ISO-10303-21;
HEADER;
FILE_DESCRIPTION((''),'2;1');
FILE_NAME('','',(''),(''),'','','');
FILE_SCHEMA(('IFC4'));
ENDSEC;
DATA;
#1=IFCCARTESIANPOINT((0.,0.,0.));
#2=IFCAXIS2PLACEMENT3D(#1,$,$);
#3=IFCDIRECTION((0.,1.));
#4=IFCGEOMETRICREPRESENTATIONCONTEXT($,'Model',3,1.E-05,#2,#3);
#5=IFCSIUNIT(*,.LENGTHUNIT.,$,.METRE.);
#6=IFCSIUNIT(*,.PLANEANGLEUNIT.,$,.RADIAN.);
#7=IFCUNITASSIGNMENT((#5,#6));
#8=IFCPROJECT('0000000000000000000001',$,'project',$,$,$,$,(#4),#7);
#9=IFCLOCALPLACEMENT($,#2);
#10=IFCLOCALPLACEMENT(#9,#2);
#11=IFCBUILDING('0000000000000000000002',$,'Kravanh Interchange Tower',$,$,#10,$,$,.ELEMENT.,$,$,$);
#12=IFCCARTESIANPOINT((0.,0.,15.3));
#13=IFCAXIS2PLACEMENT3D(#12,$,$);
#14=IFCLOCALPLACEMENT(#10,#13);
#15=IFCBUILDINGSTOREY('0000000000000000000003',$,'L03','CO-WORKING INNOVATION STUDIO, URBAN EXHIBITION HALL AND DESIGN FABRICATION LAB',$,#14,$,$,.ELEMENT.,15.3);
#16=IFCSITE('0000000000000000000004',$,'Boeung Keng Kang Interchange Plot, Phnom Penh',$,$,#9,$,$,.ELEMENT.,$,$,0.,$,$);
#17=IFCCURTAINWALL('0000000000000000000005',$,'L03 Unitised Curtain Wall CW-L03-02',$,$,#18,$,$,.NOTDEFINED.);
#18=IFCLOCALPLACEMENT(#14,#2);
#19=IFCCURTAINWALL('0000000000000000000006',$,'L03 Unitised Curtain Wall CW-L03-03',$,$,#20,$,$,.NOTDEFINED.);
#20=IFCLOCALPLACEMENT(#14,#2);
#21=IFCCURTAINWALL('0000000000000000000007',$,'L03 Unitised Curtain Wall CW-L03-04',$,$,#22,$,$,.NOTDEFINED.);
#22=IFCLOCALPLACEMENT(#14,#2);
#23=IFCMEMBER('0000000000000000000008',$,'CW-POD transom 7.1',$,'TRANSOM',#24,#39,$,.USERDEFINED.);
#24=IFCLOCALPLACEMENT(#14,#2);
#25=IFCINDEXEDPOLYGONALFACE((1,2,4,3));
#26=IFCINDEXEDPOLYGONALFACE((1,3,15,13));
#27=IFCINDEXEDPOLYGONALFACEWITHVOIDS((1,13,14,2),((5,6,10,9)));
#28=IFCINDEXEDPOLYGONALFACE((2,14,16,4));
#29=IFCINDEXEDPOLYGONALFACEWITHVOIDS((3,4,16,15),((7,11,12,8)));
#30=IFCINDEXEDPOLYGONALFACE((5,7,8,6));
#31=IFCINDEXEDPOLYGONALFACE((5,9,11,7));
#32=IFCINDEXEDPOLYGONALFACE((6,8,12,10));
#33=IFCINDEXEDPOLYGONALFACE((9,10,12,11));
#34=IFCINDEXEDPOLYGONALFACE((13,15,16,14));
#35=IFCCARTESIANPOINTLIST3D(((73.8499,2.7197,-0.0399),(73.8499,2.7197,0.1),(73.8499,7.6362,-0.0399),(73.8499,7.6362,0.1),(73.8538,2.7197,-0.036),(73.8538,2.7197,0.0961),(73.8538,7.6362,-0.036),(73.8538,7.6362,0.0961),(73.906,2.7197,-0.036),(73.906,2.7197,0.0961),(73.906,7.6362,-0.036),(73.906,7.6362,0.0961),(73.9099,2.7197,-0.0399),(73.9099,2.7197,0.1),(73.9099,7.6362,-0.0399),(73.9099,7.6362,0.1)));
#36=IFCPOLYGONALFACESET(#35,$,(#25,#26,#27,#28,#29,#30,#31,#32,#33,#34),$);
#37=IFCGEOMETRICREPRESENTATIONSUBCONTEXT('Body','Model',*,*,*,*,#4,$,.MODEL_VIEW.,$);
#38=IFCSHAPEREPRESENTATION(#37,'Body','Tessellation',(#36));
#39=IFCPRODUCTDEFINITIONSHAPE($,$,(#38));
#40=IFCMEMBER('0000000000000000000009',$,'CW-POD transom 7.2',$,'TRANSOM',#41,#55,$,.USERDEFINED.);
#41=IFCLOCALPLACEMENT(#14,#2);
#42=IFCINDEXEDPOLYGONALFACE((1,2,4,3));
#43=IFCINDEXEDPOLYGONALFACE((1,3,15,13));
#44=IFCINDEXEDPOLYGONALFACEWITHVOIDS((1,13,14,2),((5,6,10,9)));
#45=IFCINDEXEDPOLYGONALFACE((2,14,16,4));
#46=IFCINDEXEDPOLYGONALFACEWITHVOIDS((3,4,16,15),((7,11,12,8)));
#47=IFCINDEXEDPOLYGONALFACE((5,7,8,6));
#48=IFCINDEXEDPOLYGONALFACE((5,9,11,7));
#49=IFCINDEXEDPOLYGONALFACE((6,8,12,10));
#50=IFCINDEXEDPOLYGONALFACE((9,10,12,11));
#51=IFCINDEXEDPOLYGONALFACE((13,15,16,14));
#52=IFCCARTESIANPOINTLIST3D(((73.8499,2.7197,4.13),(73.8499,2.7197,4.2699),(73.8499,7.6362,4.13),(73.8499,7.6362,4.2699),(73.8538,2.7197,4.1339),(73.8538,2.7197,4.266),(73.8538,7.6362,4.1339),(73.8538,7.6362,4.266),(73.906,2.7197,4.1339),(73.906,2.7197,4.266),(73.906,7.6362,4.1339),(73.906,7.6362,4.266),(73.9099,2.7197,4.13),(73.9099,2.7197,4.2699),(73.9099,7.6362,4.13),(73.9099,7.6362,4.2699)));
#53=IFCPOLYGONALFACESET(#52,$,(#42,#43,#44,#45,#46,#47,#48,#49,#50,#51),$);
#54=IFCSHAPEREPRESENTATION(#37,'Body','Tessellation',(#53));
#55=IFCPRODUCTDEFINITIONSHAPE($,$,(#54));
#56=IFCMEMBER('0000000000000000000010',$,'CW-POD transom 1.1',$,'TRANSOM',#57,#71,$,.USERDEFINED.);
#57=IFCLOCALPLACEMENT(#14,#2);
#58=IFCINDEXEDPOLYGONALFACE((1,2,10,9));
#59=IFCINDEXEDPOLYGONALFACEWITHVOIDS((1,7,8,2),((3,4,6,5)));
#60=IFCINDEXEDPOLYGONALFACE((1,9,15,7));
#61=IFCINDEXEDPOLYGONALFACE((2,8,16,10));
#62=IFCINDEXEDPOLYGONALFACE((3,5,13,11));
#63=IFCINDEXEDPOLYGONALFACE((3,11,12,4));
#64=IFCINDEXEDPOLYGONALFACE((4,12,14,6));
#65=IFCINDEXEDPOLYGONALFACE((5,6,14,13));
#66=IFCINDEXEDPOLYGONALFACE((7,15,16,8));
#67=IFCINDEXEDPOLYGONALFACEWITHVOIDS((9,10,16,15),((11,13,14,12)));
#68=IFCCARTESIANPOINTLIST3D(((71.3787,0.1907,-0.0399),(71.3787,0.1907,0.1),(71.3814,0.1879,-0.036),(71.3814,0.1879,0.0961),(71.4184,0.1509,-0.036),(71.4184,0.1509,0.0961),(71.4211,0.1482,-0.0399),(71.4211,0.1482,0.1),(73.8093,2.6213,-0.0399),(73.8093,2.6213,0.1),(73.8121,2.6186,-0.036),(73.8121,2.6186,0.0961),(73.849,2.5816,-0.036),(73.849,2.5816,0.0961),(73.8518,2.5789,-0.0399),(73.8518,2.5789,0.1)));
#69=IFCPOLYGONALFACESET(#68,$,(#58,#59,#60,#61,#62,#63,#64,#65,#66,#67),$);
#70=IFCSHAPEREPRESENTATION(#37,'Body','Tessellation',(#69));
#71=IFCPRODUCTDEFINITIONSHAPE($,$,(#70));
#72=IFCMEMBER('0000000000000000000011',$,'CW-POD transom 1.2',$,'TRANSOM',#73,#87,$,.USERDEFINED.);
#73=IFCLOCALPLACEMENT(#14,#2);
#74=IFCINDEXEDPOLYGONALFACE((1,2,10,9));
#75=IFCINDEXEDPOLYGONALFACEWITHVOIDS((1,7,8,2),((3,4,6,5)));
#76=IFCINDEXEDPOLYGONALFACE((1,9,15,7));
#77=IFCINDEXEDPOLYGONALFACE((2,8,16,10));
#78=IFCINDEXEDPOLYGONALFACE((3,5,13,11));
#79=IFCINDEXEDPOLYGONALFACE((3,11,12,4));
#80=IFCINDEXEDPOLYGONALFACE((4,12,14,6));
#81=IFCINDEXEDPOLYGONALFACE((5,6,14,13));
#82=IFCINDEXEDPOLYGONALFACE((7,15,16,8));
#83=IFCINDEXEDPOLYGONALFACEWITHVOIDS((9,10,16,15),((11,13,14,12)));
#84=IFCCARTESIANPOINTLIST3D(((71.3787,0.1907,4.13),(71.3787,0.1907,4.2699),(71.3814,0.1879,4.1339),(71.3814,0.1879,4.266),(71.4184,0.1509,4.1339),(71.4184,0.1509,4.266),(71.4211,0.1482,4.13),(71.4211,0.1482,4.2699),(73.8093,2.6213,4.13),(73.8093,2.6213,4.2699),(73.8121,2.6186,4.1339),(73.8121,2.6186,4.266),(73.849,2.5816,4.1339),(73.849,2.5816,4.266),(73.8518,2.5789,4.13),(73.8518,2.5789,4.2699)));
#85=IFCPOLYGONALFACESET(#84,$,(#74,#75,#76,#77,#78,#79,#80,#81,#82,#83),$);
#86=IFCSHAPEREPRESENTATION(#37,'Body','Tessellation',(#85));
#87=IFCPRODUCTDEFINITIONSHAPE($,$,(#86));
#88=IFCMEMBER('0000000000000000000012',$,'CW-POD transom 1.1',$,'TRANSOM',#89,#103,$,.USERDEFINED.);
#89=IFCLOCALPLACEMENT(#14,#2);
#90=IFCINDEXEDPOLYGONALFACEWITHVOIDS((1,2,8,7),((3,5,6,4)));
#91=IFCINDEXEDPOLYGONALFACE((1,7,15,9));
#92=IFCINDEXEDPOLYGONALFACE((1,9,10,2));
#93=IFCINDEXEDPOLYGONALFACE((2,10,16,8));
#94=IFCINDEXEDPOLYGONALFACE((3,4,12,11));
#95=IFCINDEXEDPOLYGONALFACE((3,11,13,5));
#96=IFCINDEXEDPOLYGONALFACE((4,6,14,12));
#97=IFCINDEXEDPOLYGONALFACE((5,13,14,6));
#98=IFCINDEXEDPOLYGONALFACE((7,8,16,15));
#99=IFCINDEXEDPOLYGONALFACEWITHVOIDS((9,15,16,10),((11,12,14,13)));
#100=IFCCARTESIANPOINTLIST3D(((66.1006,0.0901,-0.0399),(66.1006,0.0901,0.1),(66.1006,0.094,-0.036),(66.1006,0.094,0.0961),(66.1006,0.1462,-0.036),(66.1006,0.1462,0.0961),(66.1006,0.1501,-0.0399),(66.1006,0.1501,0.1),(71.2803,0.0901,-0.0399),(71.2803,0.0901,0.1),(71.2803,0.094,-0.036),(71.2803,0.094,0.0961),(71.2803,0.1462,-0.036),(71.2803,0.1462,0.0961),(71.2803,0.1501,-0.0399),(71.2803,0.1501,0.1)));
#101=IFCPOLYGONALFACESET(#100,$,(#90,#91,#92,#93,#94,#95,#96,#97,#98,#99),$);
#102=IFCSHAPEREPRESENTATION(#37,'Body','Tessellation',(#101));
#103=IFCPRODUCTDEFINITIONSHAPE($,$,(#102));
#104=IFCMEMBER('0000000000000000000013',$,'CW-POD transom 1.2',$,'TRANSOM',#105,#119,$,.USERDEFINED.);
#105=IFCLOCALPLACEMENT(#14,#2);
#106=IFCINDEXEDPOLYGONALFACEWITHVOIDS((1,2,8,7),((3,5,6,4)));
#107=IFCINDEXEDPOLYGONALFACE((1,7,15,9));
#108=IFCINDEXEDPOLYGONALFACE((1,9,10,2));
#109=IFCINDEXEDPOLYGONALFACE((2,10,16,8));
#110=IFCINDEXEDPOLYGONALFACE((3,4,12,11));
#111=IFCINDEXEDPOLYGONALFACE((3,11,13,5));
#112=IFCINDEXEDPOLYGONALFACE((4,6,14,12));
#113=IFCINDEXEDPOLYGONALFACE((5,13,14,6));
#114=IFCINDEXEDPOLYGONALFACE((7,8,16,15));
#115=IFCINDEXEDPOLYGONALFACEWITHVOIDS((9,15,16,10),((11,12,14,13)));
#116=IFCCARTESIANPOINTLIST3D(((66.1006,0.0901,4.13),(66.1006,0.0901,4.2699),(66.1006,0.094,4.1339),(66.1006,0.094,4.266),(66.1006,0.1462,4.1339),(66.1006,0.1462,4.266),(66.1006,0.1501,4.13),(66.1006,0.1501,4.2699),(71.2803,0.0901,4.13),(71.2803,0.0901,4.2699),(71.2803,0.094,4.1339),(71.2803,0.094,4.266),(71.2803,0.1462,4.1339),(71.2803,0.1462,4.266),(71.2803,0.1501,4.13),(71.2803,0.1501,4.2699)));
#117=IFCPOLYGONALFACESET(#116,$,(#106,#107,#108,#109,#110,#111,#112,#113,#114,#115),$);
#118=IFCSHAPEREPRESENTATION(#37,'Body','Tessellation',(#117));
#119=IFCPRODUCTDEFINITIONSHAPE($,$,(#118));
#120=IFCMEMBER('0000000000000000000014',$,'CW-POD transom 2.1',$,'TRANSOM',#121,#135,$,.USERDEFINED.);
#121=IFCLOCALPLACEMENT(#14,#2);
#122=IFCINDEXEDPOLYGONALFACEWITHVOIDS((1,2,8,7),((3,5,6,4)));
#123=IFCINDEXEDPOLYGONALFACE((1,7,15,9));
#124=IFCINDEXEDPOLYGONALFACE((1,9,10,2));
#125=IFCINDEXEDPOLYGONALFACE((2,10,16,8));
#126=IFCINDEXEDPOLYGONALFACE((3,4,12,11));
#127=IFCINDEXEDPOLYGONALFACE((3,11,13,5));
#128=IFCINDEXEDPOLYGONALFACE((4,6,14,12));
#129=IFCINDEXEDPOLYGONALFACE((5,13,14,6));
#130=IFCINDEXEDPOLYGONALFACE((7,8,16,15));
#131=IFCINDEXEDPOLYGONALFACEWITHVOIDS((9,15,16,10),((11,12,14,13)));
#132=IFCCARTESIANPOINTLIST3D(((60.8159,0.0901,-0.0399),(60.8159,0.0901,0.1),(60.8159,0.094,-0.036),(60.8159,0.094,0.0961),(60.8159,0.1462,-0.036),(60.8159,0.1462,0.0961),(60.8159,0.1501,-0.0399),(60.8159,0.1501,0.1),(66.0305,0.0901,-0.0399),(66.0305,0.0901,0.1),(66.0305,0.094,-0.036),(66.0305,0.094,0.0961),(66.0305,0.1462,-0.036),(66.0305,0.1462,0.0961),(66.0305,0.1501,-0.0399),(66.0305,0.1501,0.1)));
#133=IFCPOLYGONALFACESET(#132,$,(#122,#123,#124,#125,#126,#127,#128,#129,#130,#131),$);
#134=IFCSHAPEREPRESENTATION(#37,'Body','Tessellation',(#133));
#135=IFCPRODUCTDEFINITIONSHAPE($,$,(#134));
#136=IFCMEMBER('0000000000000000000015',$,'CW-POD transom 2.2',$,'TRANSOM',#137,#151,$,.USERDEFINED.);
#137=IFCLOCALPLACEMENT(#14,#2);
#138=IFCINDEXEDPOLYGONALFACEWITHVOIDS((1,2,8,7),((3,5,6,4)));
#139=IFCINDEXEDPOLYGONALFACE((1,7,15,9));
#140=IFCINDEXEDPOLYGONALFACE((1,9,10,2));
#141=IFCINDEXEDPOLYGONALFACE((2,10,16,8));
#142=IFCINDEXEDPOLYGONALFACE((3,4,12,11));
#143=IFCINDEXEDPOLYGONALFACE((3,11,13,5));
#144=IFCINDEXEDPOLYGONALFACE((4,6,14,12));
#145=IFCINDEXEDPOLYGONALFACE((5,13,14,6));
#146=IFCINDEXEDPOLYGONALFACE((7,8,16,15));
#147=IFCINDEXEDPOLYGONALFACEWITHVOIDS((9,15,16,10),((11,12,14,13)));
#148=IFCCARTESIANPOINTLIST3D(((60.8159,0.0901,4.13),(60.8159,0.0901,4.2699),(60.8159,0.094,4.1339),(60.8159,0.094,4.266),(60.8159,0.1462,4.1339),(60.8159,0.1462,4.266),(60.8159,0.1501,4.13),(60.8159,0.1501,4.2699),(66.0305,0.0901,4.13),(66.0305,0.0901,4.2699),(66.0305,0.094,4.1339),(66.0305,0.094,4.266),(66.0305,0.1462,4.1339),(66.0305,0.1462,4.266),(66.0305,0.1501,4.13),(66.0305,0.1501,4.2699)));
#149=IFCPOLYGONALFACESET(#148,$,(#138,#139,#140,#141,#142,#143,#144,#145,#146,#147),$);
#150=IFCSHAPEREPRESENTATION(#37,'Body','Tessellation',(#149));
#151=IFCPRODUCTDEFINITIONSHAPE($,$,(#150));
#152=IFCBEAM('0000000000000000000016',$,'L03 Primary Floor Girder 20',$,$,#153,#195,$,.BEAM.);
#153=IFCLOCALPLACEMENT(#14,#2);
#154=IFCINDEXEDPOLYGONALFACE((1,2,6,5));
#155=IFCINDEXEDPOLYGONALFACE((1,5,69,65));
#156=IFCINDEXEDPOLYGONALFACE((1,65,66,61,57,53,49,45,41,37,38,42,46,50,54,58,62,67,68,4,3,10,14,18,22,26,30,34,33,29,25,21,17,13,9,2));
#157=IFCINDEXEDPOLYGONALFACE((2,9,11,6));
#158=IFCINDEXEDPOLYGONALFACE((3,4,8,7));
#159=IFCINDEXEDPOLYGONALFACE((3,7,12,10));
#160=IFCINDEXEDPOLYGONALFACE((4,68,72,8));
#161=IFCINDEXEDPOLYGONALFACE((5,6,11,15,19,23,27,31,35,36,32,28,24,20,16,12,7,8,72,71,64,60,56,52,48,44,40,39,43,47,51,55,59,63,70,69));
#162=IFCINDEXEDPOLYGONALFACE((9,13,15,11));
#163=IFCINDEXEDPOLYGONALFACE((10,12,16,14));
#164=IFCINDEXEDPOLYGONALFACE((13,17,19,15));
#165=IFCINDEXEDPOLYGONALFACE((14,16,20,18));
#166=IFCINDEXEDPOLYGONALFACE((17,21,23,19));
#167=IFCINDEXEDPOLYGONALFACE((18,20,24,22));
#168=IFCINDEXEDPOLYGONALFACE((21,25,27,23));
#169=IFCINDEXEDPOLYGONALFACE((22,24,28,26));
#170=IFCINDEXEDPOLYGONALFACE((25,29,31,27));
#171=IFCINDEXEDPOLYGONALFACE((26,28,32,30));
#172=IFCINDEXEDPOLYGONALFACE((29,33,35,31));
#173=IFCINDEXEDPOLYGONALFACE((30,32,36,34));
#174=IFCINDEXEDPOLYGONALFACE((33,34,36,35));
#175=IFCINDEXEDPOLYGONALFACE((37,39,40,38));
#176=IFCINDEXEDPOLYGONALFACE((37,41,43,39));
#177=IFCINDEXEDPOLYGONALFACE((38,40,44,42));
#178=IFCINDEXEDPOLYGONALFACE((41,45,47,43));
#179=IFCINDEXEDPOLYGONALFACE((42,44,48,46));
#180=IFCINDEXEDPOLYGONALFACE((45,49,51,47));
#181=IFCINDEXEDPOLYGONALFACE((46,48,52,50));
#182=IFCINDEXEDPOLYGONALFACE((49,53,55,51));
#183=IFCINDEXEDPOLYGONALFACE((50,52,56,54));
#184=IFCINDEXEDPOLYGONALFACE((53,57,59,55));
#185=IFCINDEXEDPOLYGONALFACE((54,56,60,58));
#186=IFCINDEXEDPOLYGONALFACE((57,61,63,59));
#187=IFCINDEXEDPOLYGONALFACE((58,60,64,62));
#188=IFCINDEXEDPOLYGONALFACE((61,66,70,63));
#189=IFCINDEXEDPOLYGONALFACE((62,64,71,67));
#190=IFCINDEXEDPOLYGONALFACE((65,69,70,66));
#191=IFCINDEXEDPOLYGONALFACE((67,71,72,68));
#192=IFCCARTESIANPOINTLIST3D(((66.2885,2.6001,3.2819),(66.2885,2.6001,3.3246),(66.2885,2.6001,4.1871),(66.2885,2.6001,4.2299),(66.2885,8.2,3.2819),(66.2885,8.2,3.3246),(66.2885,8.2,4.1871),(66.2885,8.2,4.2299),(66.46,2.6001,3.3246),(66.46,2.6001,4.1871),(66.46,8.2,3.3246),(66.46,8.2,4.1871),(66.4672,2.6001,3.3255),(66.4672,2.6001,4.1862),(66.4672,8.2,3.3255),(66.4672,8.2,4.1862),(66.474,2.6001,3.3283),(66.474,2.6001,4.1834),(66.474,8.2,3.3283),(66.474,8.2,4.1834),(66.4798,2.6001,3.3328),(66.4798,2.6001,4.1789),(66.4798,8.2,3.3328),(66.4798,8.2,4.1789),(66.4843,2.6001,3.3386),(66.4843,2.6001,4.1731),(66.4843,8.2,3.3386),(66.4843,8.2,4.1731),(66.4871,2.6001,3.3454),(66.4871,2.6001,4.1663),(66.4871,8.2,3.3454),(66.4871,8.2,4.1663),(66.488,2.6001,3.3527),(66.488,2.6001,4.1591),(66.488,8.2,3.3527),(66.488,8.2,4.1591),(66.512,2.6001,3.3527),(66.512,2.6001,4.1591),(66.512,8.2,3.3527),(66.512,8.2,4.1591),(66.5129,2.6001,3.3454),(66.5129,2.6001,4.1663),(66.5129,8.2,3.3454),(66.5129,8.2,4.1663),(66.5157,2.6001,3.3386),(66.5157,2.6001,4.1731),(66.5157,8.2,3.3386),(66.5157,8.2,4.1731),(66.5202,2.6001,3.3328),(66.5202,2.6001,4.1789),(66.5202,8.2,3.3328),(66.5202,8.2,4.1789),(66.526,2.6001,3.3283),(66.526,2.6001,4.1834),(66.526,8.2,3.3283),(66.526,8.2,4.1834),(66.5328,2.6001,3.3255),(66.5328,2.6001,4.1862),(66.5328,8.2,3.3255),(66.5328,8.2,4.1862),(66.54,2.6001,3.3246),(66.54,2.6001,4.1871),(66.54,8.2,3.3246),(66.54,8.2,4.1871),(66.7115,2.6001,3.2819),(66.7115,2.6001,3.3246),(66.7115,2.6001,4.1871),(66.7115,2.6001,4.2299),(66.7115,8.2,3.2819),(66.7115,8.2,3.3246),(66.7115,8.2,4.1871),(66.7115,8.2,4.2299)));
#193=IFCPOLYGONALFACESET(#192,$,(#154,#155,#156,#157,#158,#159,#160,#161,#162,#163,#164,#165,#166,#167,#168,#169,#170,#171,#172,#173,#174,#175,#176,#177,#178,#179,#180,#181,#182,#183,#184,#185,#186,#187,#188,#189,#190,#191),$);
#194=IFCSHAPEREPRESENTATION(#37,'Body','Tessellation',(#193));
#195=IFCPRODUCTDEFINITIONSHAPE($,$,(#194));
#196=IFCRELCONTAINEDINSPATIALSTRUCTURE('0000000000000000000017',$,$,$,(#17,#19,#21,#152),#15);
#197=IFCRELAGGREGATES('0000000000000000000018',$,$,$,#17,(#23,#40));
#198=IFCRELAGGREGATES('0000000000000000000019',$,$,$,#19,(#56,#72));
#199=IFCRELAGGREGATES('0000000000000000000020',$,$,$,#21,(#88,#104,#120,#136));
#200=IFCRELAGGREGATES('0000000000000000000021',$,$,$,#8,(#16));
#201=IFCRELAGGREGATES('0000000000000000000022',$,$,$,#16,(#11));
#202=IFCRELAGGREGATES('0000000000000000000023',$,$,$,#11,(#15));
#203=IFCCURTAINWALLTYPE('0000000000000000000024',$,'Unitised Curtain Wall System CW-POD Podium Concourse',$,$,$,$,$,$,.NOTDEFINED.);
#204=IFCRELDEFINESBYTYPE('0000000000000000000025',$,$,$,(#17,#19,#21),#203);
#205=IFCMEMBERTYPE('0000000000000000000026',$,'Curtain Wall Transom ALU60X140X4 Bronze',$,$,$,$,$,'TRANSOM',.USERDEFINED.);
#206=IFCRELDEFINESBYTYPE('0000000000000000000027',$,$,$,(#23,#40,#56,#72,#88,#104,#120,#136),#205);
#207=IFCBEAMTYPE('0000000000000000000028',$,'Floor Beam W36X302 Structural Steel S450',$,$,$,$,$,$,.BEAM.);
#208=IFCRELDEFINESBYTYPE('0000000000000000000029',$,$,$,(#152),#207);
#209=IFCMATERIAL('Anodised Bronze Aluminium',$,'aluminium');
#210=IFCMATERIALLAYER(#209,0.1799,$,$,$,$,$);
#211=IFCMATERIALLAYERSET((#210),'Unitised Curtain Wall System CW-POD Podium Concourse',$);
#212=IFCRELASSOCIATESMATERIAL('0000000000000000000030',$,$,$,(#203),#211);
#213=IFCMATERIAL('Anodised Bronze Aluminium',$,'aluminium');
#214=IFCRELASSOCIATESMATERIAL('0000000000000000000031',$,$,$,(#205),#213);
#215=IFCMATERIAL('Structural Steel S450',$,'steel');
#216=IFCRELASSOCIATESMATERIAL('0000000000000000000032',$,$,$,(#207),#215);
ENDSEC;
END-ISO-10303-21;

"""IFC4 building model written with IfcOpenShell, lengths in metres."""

from ifc_helpers import new_model, si_unit, direction, frame, origin, origin_2d, place, context, subcontext, project, spatial, hollow_rectangle, i_section, extrude, material, layer, layer_set, material_profile, profile_set, type_object, element, aggregate, save


model = new_model("IFC4")

# Units and contexts
model_context = context("Model", 3, precision=1e-05, world=origin(), true_north=direction((0.0, 1.0)))
body_context = subcontext(model_context, "Body", "Model", "MODEL_VIEW")
ifc_project = project(units=[si_unit("LENGTHUNIT", "METRE"), si_unit("PLANEANGLEUNIT", "RADIAN")], contexts=[model_context])

# Site, building, storey
site_placement = place(None, origin())
site = spatial("IfcSite", under=ifc_project, at=site_placement, Name="Boeung Keng Kang Interchange Plot, Phnom Penh", CompositionType="ELEMENT", RefElevation=0.0)
building_placement = place(site_placement, origin())
building = spatial("IfcBuilding", under=site, at=building_placement, Name="Kravanh Interchange Tower", CompositionType="ELEMENT")
storey_placement = place(building_placement, frame((0.0, 0.0, 15.3)))
storey = spatial("IfcBuildingStorey", under=building, at=storey_placement, Name="L03", Description="CO-WORKING INNOVATION STUDIO, URBAN EXHIBITION HALL AND DESIGN FABRICATION LAB", CompositionType="ELEMENT", Elevation=15.3)

# Curtain wall
ifc_material_1 = material(Name="Anodised Bronze Aluminium", Category="aluminium")
ifc_layer_1 = layer(ifc_material_1, 0.1799)
ifc_layer_set_1 = layer_set([ifc_layer_1], Name="Unitised Curtain Wall System CW-POD Podium Concourse")
curtain_wall_type = type_object("IfcCurtainWallType", Name="Unitised Curtain Wall System CW-POD Podium Concourse", PredefinedType="NOTDEFINED", material=ifc_layer_set_1)
curtain_wall_1_placement = place(storey_placement, origin())
curtain_wall_1 = element("IfcCurtainWall", 1, at=curtain_wall_1_placement, inside=storey, type_object=curtain_wall_type, Name="L03 Unitised Curtain Wall CW-L03-02", PredefinedType="NOTDEFINED")

# Curtain walls
curtain_wall_2_placement = place(storey_placement, origin())
curtain_wall_2 = element("IfcCurtainWall", 2, at=curtain_wall_2_placement, inside=storey, type_object=curtain_wall_type, Name="L03 Unitised Curtain Wall CW-L03-03", PredefinedType="NOTDEFINED")
curtain_wall_3_placement = place(storey_placement, origin())
curtain_wall_3 = element("IfcCurtainWall", 3, at=curtain_wall_3_placement, inside=storey, type_object=curtain_wall_type, Name="L03 Unitised Curtain Wall CW-L03-04", PredefinedType="NOTDEFINED")

# Members
ifc_material_2 = material(Name="Anodised Bronze Aluminium", Category="aluminium")
ifc_material_profile_1 = material_profile(ifc_material_2, hollow_rectangle(XDim=0.0601, YDim=0.1399, WallThickness=0.0039, at=origin_2d()), Name="ALU60X140X4")
ifc_profile_set_1 = profile_set([ifc_material_profile_1], Name="Anodised Bronze Aluminium")
member_type_1 = type_object("IfcMemberType", Name="Curtain Wall Transom ALU60X140X4 Bronze", ElementType="TRANSOM", PredefinedType="USERDEFINED", material=ifc_profile_set_1)
member_1_placement = place(storey_placement, frame((73.8799, 7.6362, 0.03), z_axis=(0.0, -1.0, 0.0), x_axis=(1.0, 0.0, 0.0)))
member_1 = element("IfcMember", 4, at=member_1_placement, type_object=member_type_1, Name="CW-POD transom 7.1", ObjectType="TRANSOM", PredefinedType="USERDEFINED", context=body_context, shape_type="SweptSolid", body=[
    extrude(hollow_rectangle(XDim=0.0601, YDim=0.1399, WallThickness=0.0039, at=origin_2d()), origin(), (0.0, 0.0, 1.0), 4.9165),
])
member_2_placement = place(storey_placement, frame((73.8799, 7.6362, 4.2), z_axis=(0.0, -1.0, 0.0), x_axis=(1.0, 0.0, 0.0)))
member_2 = element("IfcMember", 5, at=member_2_placement, type_object=member_type_1, Name="CW-POD transom 7.2", ObjectType="TRANSOM", PredefinedType="USERDEFINED", context=body_context, shape_type="SweptSolid", body=[
    extrude(hollow_rectangle(XDim=0.0601, YDim=0.1399, WallThickness=0.0039, at=origin_2d()), origin(), (0.0, 0.0, 1.0), 4.9165),
])
member_3_placement = place(storey_placement, frame((73.8306, 2.6001, 0.03), z_axis=(-0.707107, -0.707107, 0.0), x_axis=(0.707107, -0.707107, 0.0)))
member_3 = element("IfcMember", 6, at=member_3_placement, type_object=member_type_1, Name="CW-POD transom 1.1", ObjectType="TRANSOM", PredefinedType="USERDEFINED", context=body_context, shape_type="SweptSolid", body=[
    extrude(hollow_rectangle(XDim=0.0601, YDim=0.1399, WallThickness=0.0039, at=origin_2d()), origin(), (0.0, 0.0, 1.0), 3.4375),
])
member_4_placement = place(storey_placement, frame((73.8306, 2.6001, 4.2), z_axis=(-0.707107, -0.707107, 0.0), x_axis=(0.707107, -0.707107, 0.0)))
member_4 = element("IfcMember", 7, at=member_4_placement, type_object=member_type_1, Name="CW-POD transom 1.2", ObjectType="TRANSOM", PredefinedType="USERDEFINED", context=body_context, shape_type="SweptSolid", body=[
    extrude(hollow_rectangle(XDim=0.0601, YDim=0.1399, WallThickness=0.0039, at=origin_2d()), origin(), (0.0, 0.0, 1.0), 3.4375),
])
member_5_placement = place(storey_placement, frame((71.2803, 0.1201, 0.03), z_axis=(-1.0, 0.0, 0.0), x_axis=(0.0, -1.0, 0.0)))
member_5 = element("IfcMember", 8, at=member_5_placement, type_object=member_type_1, Name="CW-POD transom 1.1", ObjectType="TRANSOM", PredefinedType="USERDEFINED", context=body_context, shape_type="SweptSolid", body=[
    extrude(hollow_rectangle(XDim=0.0601, YDim=0.1399, WallThickness=0.0039, at=origin_2d()), origin(), (0.0, 0.0, 1.0), 5.1797),
])
member_6_placement = place(storey_placement, frame((71.2803, 0.1201, 4.2), z_axis=(-1.0, 0.0, 0.0), x_axis=(0.0, -1.0, 0.0)))
member_6 = element("IfcMember", 9, at=member_6_placement, type_object=member_type_1, Name="CW-POD transom 1.2", ObjectType="TRANSOM", PredefinedType="USERDEFINED", context=body_context, shape_type="SweptSolid", body=[
    extrude(hollow_rectangle(XDim=0.0601, YDim=0.1399, WallThickness=0.0039, at=origin_2d()), origin(), (0.0, 0.0, 1.0), 5.1797),
])
member_7_placement = place(storey_placement, frame((66.0305, 0.1201, 0.03), z_axis=(-1.0, 0.0, 0.0), x_axis=(0.0, -1.0, 0.0)))
member_7 = element("IfcMember", 10, at=member_7_placement, type_object=member_type_1, Name="CW-POD transom 2.1", ObjectType="TRANSOM", PredefinedType="USERDEFINED", context=body_context, shape_type="SweptSolid", body=[
    extrude(hollow_rectangle(XDim=0.0601, YDim=0.1399, WallThickness=0.0039, at=origin_2d()), origin(), (0.0, 0.0, 1.0), 5.2146),
])
member_8_placement = place(storey_placement, frame((66.0305, 0.1201, 4.2), z_axis=(-1.0, 0.0, 0.0), x_axis=(0.0, -1.0, 0.0)))
member_8 = element("IfcMember", 11, at=member_8_placement, type_object=member_type_1, Name="CW-POD transom 2.2", ObjectType="TRANSOM", PredefinedType="USERDEFINED", context=body_context, shape_type="SweptSolid", body=[
    extrude(hollow_rectangle(XDim=0.0601, YDim=0.1399, WallThickness=0.0039, at=origin_2d()), origin(), (0.0, 0.0, 1.0), 5.2146),
])

# Beam
ifc_material_3 = material(Name="Structural Steel S450", Category="steel")
ifc_material_profile_2 = material_profile(ifc_material_3, i_section(OverallWidth=0.4231, OverallDepth=0.948, WebThickness=0.0239, FlangeThickness=0.0427, FilletRadius=0.0281, at=origin_2d()), Name="W36X302")
ifc_profile_set_2 = profile_set([ifc_material_profile_2], Name="Structural Steel S450")
beam_type_1 = type_object("IfcBeamType", Name="Floor Beam W36X302 Structural Steel S450", PredefinedType="BEAM", material=ifc_profile_set_2)
beam_1_placement = place(storey_placement, frame((66.5, 2.6001, 3.7559), z_axis=(0.0, 1.0, 0.0), x_axis=(-1.0, 0.0, 0.0)))
element("IfcBeam", 12, at=beam_1_placement, inside=storey, type_object=beam_type_1, Name="L03 Primary Floor Girder 20", PredefinedType="BEAM", context=body_context, shape_type="SweptSolid", body=[
    extrude(i_section(OverallWidth=0.4231, OverallDepth=0.948, WebThickness=0.0239, FlangeThickness=0.0427, FilletRadius=0.0281, at=origin_2d()), origin(), (0.0, 0.0, 1.0), 5.5999),
])

aggregate(curtain_wall_1, [member_1, member_2])
aggregate(curtain_wall_2, [member_3, member_4])
aggregate(curtain_wall_3, [member_5, member_6, member_7, member_8])

save(model, "model.ifc")
